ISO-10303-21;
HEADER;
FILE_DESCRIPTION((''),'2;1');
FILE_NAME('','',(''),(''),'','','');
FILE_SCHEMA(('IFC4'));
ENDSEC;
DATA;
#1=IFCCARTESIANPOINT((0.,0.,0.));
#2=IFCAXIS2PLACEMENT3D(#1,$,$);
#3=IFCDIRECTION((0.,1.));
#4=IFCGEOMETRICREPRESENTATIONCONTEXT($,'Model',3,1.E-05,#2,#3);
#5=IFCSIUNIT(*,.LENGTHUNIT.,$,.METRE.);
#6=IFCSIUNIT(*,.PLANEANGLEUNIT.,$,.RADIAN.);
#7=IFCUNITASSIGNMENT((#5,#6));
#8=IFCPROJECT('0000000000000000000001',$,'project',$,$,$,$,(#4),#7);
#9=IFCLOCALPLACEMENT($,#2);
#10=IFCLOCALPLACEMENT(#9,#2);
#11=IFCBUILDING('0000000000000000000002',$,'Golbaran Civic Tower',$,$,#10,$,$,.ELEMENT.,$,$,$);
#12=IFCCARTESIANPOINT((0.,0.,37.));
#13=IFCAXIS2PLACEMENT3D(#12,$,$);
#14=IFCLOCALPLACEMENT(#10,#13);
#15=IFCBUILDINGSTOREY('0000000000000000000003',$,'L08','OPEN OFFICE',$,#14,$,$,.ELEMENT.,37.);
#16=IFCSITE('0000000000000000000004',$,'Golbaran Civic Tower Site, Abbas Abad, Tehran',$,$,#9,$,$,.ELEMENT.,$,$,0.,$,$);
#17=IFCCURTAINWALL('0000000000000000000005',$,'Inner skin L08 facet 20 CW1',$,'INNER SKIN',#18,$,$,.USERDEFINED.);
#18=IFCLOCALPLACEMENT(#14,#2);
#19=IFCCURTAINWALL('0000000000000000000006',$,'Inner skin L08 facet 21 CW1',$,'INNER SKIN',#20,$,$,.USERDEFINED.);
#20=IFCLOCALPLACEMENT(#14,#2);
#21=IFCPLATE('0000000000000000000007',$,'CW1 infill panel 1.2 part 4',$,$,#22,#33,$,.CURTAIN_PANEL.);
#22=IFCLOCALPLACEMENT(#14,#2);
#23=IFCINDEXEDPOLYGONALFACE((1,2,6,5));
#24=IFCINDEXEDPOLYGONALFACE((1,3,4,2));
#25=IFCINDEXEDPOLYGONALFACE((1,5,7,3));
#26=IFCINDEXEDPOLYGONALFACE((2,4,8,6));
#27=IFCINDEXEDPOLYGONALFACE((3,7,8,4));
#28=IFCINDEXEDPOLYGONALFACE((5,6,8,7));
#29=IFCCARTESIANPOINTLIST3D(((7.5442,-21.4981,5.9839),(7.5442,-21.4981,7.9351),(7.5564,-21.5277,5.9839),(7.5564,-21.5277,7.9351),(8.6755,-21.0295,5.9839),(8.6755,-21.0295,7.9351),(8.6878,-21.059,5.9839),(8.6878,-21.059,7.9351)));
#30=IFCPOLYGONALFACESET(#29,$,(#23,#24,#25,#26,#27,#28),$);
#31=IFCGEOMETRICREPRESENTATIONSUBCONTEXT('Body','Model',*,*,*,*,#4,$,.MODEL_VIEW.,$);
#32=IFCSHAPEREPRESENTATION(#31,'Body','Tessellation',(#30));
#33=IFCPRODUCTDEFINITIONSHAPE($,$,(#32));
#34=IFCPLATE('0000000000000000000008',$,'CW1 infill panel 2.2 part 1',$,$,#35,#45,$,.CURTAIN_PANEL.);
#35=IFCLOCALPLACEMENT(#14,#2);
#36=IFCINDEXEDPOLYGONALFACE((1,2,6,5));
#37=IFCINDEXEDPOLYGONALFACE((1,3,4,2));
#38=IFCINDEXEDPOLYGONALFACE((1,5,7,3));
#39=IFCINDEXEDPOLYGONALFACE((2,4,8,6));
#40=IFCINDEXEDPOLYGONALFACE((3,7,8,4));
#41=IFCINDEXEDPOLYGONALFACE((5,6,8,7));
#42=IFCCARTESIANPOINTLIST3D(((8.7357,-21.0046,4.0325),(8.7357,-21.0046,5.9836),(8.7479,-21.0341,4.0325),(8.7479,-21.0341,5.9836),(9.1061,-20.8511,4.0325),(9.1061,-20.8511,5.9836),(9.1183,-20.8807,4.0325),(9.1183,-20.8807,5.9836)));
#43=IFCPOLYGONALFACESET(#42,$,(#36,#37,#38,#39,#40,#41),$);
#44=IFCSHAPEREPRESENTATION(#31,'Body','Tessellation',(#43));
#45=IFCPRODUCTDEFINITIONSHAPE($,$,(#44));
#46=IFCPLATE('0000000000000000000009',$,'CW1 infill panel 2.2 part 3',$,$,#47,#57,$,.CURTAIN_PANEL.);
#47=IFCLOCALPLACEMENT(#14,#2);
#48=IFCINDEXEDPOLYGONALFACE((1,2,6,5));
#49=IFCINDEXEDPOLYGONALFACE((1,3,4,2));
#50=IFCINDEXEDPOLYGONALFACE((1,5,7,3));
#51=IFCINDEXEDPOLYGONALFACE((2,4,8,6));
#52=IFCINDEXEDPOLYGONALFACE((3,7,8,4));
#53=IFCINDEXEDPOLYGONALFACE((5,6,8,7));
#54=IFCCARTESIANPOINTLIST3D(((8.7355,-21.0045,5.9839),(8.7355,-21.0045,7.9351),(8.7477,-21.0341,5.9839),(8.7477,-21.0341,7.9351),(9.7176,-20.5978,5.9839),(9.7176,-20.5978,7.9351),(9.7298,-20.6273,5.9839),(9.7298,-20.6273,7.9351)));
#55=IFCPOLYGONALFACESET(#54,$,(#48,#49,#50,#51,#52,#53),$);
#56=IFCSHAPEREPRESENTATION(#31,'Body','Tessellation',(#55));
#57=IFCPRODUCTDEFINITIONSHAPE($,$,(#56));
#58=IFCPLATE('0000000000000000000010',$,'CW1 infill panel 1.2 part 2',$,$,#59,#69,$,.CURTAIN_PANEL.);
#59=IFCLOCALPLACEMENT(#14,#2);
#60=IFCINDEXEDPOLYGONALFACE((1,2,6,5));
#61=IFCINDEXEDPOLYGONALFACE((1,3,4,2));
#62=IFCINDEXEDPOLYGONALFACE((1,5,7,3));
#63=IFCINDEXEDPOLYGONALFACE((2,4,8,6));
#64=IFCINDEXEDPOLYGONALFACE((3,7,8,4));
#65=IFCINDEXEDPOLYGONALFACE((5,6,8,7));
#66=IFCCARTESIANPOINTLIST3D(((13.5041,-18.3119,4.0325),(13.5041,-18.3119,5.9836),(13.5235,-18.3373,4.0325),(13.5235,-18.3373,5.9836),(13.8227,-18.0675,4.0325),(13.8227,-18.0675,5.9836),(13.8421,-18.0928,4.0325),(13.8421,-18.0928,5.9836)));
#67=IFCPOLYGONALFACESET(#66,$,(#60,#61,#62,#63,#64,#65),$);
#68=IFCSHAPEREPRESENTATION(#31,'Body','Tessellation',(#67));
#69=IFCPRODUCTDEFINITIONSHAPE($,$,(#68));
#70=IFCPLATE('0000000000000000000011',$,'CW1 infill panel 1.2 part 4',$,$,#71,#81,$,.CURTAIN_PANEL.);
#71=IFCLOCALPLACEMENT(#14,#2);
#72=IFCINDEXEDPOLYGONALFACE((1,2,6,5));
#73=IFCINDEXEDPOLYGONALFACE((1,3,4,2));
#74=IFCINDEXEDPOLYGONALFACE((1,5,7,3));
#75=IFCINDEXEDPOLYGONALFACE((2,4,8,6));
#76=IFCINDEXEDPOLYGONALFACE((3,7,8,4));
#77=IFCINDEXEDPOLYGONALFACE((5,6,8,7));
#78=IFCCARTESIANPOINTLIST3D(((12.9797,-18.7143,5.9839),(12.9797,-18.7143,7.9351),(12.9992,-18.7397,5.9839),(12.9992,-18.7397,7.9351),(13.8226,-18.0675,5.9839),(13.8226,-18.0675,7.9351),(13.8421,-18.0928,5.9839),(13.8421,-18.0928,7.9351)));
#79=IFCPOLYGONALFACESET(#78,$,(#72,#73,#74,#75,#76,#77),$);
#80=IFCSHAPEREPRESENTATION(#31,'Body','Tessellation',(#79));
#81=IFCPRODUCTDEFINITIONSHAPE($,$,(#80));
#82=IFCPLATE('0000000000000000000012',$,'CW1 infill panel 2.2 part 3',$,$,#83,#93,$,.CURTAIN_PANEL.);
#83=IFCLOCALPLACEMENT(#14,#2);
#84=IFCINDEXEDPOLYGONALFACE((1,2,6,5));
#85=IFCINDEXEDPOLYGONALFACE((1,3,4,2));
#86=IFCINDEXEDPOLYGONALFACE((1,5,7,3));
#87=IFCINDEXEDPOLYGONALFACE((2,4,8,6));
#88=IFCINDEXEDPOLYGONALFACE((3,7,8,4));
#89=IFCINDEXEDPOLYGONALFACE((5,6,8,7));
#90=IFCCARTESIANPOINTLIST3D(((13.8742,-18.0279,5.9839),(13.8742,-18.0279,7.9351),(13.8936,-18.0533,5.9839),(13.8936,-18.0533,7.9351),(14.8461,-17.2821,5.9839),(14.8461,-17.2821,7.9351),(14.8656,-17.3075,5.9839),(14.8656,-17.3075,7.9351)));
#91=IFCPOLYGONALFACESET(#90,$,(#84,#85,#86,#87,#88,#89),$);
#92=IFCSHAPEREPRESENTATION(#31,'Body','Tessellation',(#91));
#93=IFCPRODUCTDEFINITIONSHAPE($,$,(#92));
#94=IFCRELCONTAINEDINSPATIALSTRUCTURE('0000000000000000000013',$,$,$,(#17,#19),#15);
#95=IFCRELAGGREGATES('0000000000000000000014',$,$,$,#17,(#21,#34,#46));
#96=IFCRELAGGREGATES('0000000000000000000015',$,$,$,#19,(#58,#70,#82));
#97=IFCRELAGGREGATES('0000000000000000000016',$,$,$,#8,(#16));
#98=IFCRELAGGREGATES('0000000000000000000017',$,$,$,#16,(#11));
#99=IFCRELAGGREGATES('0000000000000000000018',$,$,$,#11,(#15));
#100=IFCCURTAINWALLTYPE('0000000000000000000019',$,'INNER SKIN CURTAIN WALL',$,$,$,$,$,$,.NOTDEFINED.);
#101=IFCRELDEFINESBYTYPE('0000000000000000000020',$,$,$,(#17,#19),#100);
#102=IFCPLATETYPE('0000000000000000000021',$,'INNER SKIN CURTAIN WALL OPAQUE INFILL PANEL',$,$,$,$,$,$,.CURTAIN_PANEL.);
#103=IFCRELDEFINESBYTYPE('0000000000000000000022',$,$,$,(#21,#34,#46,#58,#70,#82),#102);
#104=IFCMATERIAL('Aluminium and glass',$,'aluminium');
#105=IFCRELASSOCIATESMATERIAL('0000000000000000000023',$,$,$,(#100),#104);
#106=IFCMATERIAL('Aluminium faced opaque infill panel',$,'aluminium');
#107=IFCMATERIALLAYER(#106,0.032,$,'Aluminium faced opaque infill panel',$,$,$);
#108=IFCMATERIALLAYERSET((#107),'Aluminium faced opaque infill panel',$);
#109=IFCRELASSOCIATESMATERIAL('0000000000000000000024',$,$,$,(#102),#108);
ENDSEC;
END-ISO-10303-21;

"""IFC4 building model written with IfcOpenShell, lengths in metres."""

from ifc_helpers import new_model, si_unit, direction, frame, origin, origin_2d, place, context, subcontext, project, spatial, rectangle, extrude, material, layer, layer_set, type_object, element, aggregate, save


model = new_model("IFC4")

# Units and contexts
model_context = context("Model", 3, precision=1e-05, world=origin(), true_north=direction((0.0, 1.0)))
body_context = subcontext(model_context, "Body", "Model", "MODEL_VIEW")
ifc_project = project(units=[si_unit("LENGTHUNIT", "METRE"), si_unit("PLANEANGLEUNIT", "RADIAN")], contexts=[model_context])

# Site, building, storey
site_placement = place(None, origin())
site = spatial("IfcSite", under=ifc_project, at=site_placement, Name="Golbaran Civic Tower Site, Abbas Abad, Tehran", CompositionType="ELEMENT", RefElevation=0.0)
building_placement = place(site_placement, origin())
building = spatial("IfcBuilding", under=site, at=building_placement, Name="Golbaran Civic Tower", CompositionType="ELEMENT")
storey_placement = place(building_placement, frame((0.0, 0.0, 37.0)))
storey = spatial("IfcBuildingStorey", under=building, at=storey_placement, Name="L08", Description="OPEN OFFICE", CompositionType="ELEMENT", Elevation=37.0)

# Curtain walls
ifc_material_1 = material(Name="Aluminium and glass", Category="aluminium")
curtain_wall_type = type_object("IfcCurtainWallType", Name="INNER SKIN CURTAIN WALL", PredefinedType="NOTDEFINED", material=ifc_material_1)
curtain_wall_1_placement = place(storey_placement, origin())
curtain_wall_1 = element("IfcCurtainWall", 1, at=curtain_wall_1_placement, inside=storey, type_object=curtain_wall_type, Name="Inner skin L08 facet 20 CW1", ObjectType="INNER SKIN", PredefinedType="USERDEFINED")
curtain_wall_2_placement = place(storey_placement, origin())
curtain_wall_2 = element("IfcCurtainWall", 2, at=curtain_wall_2_placement, inside=storey, type_object=curtain_wall_type, Name="Inner skin L08 facet 21 CW1", ObjectType="INNER SKIN", PredefinedType="USERDEFINED")

# Plates
ifc_material_2 = material(Name="Aluminium faced opaque infill panel", Category="aluminium")
ifc_layer_1 = layer(ifc_material_2, 0.032, Name="Aluminium faced opaque infill panel")
ifc_layer_set_1 = layer_set([ifc_layer_1], Name="Aluminium faced opaque infill panel")
plate_type_1 = type_object("IfcPlateType", Name="INNER SKIN CURTAIN WALL OPAQUE INFILL PANEL", PredefinedType="CURTAIN_PANEL", material=ifc_layer_set_1)
plate_1_placement = place(storey_placement, frame((8.116, -21.2786, 5.9839), z_axis=(0.0, 0.0, 1.0), x_axis=(0.92388, 0.382683, 0.0)))
plate_1 = element("IfcPlate", 3, at=plate_1_placement, type_object=plate_type_1, Name="CW1 infill panel 1.2 part 4", PredefinedType="CURTAIN_PANEL", context=body_context, shape_type="SweptSolid", body=[
    extrude(rectangle(XDim=1.2246, YDim=0.032, at=origin_2d()), origin(), (0.0, 0.0, 1.0), 1.9512),
])
plate_2_placement = place(storey_placement, frame((8.927, -20.9426, 4.0325), z_axis=(0.0, 0.0, 1.0), x_axis=(0.92388, 0.382683, 0.0)))
plate_2 = element("IfcPlate", 4, at=plate_2_placement, type_object=plate_type_1, Name="CW1 infill panel 2.2 part 1", PredefinedType="CURTAIN_PANEL", context=body_context, shape_type="SweptSolid", body=[
    extrude(rectangle(XDim=0.4009, YDim=0.032, at=origin_2d()), origin(), (0.0, 0.0, 1.0), 1.9512),
])
plate_3_placement = place(storey_placement, frame((9.2327, -20.8159, 5.9839), z_axis=(0.0, 0.0, 1.0), x_axis=(0.92388, 0.382683, 0.0)))
plate_3 = element("IfcPlate", 5, at=plate_3_placement, type_object=plate_type_1, Name="CW1 infill panel 2.2 part 3", PredefinedType="CURTAIN_PANEL", context=body_context, shape_type="SweptSolid", body=[
    extrude(rectangle(XDim=1.063, YDim=0.032, at=origin_2d()), origin(), (0.0, 0.0, 1.0), 1.9512),
])
aggregate(curtain_wall_1, [plate_1, plate_2, plate_3])
plate_4_placement = place(storey_placement, frame((13.6731, -18.2024, 4.0325), z_axis=(0.0, 0.0, 1.0), x_axis=(0.793353, 0.608761, 0.0)))
plate_4 = element("IfcPlate", 6, at=plate_4_placement, type_object=plate_type_1, Name="CW1 infill panel 1.2 part 2", PredefinedType="CURTAIN_PANEL", context=body_context, shape_type="SweptSolid", body=[
    extrude(rectangle(XDim=0.4016, YDim=0.032, at=origin_2d()), origin(), (0.0, 0.0, 1.0), 1.9512),
])
plate_5_placement = place(storey_placement, frame((13.4109, -18.4036, 5.9839), z_axis=(0.0, 0.0, 1.0), x_axis=(0.793353, 0.608761, 0.0)))
plate_5 = element("IfcPlate", 7, at=plate_5_placement, type_object=plate_type_1, Name="CW1 infill panel 1.2 part 4", PredefinedType="CURTAIN_PANEL", context=body_context, shape_type="SweptSolid", body=[
    extrude(rectangle(XDim=1.0625, YDim=0.032, at=origin_2d()), origin(), (0.0, 0.0, 1.0), 1.9512),
])
plate_6_placement = place(storey_placement, frame((14.3699, -17.6677, 5.9839), z_axis=(0.0, 0.0, 1.0), x_axis=(0.793353, 0.608761, 0.0)))
plate_6 = element("IfcPlate", 8, at=plate_6_placement, type_object=plate_type_1, Name="CW1 infill panel 2.2 part 3", PredefinedType="CURTAIN_PANEL", context=body_context, shape_type="SweptSolid", body=[
    extrude(rectangle(XDim=1.2251, YDim=0.032, at=origin_2d()), origin(), (0.0, 0.0, 1.0), 1.9512),
])
aggregate(curtain_wall_2, [plate_4, plate_5, plate_6])

save(model, "model.ifc")
